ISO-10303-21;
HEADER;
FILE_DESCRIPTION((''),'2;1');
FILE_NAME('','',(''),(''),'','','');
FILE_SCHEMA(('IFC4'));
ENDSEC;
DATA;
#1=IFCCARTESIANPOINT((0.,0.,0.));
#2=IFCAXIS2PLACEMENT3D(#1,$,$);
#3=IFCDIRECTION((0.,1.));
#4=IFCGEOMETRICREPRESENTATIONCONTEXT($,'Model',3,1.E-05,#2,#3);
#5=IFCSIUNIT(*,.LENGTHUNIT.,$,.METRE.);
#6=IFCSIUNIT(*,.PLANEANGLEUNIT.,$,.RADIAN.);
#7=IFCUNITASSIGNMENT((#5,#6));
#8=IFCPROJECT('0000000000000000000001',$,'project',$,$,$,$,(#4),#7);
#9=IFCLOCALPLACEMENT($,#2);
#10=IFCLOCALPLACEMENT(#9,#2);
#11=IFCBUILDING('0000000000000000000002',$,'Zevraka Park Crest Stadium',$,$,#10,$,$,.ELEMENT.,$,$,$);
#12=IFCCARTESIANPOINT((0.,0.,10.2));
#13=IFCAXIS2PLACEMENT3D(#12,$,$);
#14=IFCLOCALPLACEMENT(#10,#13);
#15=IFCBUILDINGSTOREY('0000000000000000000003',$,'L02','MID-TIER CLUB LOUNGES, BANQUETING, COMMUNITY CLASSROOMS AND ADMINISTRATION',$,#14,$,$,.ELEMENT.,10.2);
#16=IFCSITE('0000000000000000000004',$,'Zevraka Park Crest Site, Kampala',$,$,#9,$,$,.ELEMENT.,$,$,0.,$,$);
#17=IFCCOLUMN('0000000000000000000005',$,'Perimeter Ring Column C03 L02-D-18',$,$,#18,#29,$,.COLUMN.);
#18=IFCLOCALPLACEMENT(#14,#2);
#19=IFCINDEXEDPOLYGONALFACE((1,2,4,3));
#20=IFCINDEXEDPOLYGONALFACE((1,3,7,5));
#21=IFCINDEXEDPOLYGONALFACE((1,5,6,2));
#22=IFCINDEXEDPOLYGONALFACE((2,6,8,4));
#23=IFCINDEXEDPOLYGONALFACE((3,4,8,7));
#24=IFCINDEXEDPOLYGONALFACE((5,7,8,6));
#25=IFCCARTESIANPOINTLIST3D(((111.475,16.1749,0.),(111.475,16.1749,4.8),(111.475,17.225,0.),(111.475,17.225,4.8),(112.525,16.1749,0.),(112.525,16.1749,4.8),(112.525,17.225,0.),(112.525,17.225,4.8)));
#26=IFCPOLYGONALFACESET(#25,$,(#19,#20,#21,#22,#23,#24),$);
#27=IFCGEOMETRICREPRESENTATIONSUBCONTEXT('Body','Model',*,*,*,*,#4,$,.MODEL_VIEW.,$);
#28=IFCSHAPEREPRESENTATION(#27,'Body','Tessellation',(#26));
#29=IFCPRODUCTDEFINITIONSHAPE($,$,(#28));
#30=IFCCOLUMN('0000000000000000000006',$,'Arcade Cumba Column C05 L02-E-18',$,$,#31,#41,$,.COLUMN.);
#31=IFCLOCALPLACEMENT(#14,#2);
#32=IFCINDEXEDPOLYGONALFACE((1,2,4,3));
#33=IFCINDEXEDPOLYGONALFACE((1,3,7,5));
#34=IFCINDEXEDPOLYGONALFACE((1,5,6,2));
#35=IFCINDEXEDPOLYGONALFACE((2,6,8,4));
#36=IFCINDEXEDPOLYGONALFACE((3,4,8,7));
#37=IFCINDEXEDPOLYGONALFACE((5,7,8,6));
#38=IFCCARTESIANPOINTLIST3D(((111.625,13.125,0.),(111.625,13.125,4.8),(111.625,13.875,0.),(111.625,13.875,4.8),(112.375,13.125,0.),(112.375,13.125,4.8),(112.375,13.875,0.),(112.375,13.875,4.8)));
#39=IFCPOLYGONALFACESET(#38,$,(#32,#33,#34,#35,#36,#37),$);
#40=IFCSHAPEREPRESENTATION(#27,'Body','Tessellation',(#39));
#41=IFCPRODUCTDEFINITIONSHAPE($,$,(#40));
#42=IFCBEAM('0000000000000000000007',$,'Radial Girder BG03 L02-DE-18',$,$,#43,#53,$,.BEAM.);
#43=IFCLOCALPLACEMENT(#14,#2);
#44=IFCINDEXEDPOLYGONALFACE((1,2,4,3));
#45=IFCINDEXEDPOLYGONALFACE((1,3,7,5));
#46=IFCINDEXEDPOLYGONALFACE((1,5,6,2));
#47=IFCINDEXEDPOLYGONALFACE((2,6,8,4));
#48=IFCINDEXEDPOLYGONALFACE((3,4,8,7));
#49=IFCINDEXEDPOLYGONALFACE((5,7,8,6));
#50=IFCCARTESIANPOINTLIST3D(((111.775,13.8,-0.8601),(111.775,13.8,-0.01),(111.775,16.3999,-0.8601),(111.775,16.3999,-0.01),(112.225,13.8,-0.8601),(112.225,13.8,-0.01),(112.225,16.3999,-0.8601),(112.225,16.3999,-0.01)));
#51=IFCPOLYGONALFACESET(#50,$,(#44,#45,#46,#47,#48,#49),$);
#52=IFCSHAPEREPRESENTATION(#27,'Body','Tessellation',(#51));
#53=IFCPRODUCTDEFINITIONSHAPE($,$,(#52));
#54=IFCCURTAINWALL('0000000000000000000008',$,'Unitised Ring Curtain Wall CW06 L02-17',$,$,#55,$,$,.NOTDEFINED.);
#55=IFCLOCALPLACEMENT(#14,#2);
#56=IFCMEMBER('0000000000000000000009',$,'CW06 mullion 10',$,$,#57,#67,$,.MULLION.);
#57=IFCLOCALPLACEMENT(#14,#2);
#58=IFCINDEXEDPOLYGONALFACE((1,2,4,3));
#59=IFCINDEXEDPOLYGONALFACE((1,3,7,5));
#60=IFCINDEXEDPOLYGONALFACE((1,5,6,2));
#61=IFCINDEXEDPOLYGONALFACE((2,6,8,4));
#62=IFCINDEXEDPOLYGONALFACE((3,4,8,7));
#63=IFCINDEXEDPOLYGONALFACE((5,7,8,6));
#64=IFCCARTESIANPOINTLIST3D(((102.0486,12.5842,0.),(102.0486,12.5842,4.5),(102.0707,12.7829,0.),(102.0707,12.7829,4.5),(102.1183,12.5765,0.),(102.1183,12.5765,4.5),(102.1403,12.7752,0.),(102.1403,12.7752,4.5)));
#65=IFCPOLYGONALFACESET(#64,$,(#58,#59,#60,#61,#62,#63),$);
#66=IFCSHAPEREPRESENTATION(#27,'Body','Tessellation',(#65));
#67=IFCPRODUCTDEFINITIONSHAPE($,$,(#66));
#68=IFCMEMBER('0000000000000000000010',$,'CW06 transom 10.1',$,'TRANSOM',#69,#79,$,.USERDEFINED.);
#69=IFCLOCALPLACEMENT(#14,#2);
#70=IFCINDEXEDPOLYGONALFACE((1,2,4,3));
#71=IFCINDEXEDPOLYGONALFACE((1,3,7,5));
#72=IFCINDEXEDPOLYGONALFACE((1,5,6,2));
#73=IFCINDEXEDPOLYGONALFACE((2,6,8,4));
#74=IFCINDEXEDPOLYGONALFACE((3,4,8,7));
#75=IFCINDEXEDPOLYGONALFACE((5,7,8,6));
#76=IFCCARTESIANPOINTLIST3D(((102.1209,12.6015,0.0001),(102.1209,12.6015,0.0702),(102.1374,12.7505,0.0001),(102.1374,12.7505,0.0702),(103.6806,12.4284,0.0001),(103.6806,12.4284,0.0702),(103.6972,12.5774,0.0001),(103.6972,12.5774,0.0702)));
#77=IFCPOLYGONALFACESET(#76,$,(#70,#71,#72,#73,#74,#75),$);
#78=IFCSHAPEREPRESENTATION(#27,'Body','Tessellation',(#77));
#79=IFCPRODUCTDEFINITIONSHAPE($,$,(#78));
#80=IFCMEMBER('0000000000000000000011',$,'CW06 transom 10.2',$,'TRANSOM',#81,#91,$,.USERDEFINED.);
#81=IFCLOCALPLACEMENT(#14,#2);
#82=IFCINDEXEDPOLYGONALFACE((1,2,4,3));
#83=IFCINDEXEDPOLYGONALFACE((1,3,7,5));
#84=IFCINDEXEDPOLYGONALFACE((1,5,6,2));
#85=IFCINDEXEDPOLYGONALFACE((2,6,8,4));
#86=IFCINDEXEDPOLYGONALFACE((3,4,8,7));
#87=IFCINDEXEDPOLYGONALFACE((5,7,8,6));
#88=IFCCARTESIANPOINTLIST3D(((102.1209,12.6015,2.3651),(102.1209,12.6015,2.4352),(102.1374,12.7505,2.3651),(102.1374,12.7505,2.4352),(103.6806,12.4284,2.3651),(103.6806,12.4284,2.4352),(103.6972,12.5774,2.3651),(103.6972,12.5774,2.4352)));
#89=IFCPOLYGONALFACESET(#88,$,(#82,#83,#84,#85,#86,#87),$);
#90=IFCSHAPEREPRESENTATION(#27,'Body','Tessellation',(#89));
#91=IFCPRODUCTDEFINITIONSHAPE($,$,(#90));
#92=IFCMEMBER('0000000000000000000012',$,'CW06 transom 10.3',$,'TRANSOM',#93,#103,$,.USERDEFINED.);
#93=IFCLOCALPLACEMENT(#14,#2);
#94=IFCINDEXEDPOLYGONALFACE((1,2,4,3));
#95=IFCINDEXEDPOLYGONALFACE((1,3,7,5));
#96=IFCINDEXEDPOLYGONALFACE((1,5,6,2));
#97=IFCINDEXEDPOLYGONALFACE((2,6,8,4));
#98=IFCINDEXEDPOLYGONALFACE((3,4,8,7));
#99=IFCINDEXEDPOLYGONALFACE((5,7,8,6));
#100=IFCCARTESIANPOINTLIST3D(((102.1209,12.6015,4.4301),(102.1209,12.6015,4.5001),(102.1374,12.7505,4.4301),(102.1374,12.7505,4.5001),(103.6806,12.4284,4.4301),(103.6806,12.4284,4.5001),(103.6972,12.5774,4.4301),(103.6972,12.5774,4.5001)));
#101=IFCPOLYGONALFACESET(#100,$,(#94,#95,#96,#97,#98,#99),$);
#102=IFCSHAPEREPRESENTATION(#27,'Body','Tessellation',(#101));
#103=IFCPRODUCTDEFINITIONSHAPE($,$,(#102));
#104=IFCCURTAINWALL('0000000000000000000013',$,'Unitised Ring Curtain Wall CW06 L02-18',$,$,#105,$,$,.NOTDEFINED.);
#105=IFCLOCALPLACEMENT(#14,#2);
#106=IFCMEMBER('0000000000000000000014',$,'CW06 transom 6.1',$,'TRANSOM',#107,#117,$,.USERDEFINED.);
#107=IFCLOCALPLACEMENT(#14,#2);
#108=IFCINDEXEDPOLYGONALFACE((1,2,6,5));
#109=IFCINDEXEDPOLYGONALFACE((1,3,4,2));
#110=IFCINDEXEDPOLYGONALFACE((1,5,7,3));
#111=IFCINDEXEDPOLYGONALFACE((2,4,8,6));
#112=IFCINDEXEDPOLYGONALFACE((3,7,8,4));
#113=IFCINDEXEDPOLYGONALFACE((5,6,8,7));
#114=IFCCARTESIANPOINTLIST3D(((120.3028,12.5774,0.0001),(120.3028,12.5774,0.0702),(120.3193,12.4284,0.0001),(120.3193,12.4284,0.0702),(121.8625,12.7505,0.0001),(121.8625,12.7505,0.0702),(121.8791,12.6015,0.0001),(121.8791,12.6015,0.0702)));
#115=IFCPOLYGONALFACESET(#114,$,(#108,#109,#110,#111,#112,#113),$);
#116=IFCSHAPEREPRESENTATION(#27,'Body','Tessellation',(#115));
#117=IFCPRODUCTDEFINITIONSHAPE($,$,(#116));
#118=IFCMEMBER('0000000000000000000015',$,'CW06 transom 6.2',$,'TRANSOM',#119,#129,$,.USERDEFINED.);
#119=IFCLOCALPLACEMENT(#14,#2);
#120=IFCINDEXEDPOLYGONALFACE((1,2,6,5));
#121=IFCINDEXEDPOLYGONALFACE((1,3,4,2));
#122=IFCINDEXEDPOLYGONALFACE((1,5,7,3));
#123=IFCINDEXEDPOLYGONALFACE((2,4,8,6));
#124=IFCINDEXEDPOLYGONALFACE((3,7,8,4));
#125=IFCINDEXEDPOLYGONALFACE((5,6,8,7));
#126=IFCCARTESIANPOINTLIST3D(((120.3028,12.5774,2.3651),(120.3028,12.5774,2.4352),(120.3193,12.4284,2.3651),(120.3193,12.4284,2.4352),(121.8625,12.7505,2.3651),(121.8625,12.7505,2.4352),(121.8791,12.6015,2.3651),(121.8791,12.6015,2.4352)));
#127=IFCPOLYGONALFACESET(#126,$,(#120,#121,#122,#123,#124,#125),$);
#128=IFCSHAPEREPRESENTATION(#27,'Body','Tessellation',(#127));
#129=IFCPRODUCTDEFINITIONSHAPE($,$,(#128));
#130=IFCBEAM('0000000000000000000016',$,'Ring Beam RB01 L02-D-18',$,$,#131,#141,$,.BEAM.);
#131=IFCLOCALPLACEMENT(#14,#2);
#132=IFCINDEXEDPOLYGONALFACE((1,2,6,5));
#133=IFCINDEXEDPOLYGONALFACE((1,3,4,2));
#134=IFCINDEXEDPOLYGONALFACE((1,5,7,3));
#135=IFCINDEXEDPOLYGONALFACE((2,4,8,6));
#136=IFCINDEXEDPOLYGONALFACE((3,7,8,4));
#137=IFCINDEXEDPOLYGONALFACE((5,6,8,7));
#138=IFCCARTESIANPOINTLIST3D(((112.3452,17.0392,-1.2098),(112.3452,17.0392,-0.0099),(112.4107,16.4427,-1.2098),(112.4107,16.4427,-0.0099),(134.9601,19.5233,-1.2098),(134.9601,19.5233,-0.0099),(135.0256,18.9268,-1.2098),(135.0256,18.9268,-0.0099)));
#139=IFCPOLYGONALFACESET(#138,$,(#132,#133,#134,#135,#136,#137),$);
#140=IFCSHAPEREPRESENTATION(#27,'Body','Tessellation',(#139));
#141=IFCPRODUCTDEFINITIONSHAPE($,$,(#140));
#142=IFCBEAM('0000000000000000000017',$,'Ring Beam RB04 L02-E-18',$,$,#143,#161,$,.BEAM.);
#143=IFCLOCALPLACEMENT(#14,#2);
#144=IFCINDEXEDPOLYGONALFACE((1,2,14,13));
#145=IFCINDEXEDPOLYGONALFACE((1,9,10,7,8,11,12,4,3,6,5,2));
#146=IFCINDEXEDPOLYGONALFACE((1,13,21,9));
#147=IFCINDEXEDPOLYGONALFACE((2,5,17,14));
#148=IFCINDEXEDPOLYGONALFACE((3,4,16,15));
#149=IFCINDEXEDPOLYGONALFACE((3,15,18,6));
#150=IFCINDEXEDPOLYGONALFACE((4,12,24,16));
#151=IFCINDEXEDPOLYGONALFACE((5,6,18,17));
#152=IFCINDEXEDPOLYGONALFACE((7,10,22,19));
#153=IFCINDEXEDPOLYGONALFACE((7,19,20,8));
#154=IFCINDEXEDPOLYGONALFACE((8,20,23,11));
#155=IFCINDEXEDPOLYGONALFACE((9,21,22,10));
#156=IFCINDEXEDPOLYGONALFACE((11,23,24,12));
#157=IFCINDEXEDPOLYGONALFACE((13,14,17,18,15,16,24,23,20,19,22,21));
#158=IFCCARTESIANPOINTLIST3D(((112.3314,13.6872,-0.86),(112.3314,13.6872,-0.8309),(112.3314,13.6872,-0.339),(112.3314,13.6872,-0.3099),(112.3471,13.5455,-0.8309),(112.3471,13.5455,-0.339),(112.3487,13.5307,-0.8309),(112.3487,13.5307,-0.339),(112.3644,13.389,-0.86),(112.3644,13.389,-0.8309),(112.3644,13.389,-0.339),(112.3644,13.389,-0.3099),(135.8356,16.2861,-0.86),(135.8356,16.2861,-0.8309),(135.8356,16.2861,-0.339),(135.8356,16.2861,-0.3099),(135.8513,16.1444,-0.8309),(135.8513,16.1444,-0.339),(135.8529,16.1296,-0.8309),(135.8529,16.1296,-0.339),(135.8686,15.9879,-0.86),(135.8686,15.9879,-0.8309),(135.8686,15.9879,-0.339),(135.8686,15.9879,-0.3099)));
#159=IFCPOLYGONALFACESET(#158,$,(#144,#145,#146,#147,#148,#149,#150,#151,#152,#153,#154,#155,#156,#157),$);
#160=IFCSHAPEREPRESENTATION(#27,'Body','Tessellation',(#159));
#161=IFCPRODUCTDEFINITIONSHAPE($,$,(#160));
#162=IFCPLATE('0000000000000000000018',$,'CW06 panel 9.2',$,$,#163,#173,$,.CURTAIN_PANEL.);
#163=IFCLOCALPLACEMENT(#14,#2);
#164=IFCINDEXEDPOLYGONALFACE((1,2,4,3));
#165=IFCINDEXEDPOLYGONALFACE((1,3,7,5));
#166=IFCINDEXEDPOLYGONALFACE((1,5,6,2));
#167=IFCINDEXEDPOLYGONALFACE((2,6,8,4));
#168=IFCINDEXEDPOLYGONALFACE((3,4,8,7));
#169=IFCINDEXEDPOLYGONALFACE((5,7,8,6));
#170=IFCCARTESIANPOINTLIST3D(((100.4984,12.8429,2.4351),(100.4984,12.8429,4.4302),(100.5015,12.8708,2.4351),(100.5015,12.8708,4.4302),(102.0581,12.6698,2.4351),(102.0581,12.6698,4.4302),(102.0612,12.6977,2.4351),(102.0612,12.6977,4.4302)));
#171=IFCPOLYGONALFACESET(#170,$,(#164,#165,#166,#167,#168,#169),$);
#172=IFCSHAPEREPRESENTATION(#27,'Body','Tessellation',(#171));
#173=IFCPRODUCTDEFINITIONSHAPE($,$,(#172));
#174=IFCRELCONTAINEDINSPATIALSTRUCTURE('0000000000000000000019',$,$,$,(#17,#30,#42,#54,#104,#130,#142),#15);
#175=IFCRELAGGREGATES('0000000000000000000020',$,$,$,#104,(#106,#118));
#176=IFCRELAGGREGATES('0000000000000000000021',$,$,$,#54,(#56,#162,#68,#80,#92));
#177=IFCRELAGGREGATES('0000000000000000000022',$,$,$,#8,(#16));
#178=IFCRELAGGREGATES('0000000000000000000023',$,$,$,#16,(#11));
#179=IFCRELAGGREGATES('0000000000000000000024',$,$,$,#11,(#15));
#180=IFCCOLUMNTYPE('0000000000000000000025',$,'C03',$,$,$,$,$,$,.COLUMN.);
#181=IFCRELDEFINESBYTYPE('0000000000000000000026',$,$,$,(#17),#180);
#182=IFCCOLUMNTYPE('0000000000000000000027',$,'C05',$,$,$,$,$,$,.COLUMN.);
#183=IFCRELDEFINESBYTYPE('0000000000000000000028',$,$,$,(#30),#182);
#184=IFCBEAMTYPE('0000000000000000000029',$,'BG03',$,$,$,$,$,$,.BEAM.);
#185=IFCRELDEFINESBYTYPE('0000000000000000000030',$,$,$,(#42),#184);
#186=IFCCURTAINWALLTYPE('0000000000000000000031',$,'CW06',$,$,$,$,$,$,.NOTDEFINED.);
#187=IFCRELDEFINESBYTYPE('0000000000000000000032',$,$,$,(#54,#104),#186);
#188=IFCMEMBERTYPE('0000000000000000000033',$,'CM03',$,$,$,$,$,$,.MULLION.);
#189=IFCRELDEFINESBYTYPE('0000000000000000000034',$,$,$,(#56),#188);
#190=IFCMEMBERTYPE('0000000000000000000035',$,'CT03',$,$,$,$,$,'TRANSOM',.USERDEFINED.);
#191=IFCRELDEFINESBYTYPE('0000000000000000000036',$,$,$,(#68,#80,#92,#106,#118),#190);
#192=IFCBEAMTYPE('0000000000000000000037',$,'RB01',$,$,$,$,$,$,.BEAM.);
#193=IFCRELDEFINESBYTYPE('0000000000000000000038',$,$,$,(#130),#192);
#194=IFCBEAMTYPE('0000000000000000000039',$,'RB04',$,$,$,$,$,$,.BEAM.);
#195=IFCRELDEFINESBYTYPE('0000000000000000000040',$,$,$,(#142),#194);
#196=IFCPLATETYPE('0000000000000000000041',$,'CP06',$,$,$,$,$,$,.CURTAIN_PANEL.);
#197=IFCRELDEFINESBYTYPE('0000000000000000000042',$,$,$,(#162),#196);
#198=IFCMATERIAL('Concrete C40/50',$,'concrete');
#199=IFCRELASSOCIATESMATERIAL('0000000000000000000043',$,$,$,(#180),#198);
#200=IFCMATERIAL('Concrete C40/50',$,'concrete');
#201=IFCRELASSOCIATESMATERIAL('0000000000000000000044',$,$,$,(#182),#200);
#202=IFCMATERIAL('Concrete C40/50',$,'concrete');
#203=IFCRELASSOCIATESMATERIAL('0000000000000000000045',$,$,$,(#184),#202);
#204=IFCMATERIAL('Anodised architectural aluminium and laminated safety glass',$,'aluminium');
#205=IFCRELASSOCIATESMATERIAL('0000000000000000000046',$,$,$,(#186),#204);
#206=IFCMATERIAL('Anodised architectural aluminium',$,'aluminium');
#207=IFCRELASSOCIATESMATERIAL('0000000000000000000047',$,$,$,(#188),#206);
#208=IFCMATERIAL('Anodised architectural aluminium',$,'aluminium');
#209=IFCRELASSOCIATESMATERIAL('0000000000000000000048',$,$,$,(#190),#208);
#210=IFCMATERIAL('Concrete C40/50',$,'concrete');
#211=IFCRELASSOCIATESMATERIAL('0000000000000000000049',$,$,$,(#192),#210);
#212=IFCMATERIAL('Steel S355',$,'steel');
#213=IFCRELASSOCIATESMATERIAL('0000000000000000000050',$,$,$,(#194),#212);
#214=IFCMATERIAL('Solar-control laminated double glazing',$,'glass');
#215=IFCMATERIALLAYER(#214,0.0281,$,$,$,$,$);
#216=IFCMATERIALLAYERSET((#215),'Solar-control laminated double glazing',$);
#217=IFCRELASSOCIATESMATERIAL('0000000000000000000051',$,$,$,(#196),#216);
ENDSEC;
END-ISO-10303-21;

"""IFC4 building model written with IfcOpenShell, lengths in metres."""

from ifc_helpers import new_model, si_unit, direction, frame, origin, origin_2d, place, context, subcontext, project, spatial, rectangle, i_section, extrude, material, layer, layer_set, material_profile, profile_set, type_object, element, aggregate, save


model = new_model("IFC4")

# Units and contexts
model_context = context("Model", 3, precision=1e-05, world=origin(), true_north=direction((0.0, 1.0)))
body_context = subcontext(model_context, "Body", "Model", "MODEL_VIEW")
ifc_project = project(units=[si_unit("LENGTHUNIT", "METRE"), si_unit("PLANEANGLEUNIT", "RADIAN")], contexts=[model_context])

# Site, building, storey
site_placement = place(None, origin())
site = spatial("IfcSite", under=ifc_project, at=site_placement, Name="Zevraka Park Crest Site, Kampala", CompositionType="ELEMENT", RefElevation=0.0)
building_placement = place(site_placement, origin())
building = spatial("IfcBuilding", under=site, at=building_placement, Name="Zevraka Park Crest Stadium", CompositionType="ELEMENT")
storey_placement = place(building_placement, frame((0.0, 0.0, 10.2)))
storey = spatial("IfcBuildingStorey", under=building, at=storey_placement, Name="L02", Description="MID-TIER CLUB LOUNGES, BANQUETING, COMMUNITY CLASSROOMS AND ADMINISTRATION", CompositionType="ELEMENT", Elevation=10.2)

# Columns
ifc_material_1 = material(Name="Concrete C40/50", Category="concrete")
ifc_material_profile_1 = material_profile(ifc_material_1, rectangle(XDim=1.05, YDim=1.05, at=origin_2d()), Name="RC 1050x1050")
ifc_profile_set_1 = profile_set([ifc_material_profile_1], Name="Concrete C40/50")
column_type_1 = type_object("IfcColumnType", Name="C03", PredefinedType="COLUMN", material=ifc_profile_set_1)
column_1_placement = place(storey_placement, frame((112.0, 16.7, 0.0), z_axis=(0.0, 0.0, 1.0), x_axis=(0.0, 1.0, 0.0)))
element("IfcColumn", 1, at=column_1_placement, inside=storey, type_object=column_type_1, Name="Perimeter Ring Column C03 L02-D-18", PredefinedType="COLUMN", context=body_context, shape_type="SweptSolid", body=[
    extrude(rectangle(XDim=1.05, YDim=1.05, at=origin_2d()), origin(), (0.0, 0.0, 1.0), 4.8),
])
ifc_material_2 = material(Name="Concrete C40/50", Category="concrete")
ifc_material_profile_2 = material_profile(ifc_material_2, rectangle(XDim=0.75, YDim=0.75, at=origin_2d()), Name="RC 750x750")
ifc_profile_set_2 = profile_set([ifc_material_profile_2], Name="Concrete C40/50")
column_type_2 = type_object("IfcColumnType", Name="C05", PredefinedType="COLUMN", material=ifc_profile_set_2)
column_2_placement = place(storey_placement, frame((112.0, 13.5, 0.0), z_axis=(0.0, 0.0, 1.0), x_axis=(0.0, 1.0, 0.0)))
element("IfcColumn", 2, at=column_2_placement, inside=storey, type_object=column_type_2, Name="Arcade Cumba Column C05 L02-E-18", PredefinedType="COLUMN", context=body_context, shape_type="SweptSolid", body=[
    extrude(rectangle(XDim=0.75, YDim=0.75, at=origin_2d()), origin(), (0.0, 0.0, 1.0), 4.8),
])

# Beam
ifc_material_3 = material(Name="Concrete C40/50", Category="concrete")
ifc_material_profile_3 = material_profile(ifc_material_3, rectangle(XDim=0.45, YDim=0.8501, at=origin_2d()), Name="RC 850x450")
ifc_profile_set_3 = profile_set([ifc_material_profile_3], Name="Concrete C40/50")
beam_type_1 = type_object("IfcBeamType", Name="BG03", PredefinedType="BEAM", material=ifc_profile_set_3)
beam_1_placement = place(storey_placement, frame((112.0, 16.3999, -0.4351), z_axis=(0.0, -1.0, 0.0), x_axis=(1.0, 0.0, 0.0)))
element("IfcBeam", 3, at=beam_1_placement, inside=storey, type_object=beam_type_1, Name="Radial Girder BG03 L02-DE-18", PredefinedType="BEAM", context=body_context, shape_type="SweptSolid", body=[
    extrude(rectangle(XDim=0.45, YDim=0.8501, at=origin_2d()), origin(), (0.0, 0.0, 1.0), 2.5999),
])

# Curtain walls, members
ifc_material_4 = material(Name="Anodised architectural aluminium and laminated safety glass", Category="aluminium")
curtain_wall_type = type_object("IfcCurtainWallType", Name="CW06", PredefinedType="NOTDEFINED", material=ifc_material_4)
curtain_wall_1_placement = place(storey_placement, origin())
curtain_wall_1 = element("IfcCurtainWall", 4, at=curtain_wall_1_placement, inside=storey, type_object=curtain_wall_type, Name="Unitised Ring Curtain Wall CW06 L02-17", PredefinedType="NOTDEFINED")
ifc_material_5 = material(Name="Anodised architectural aluminium", Category="aluminium")
ifc_material_profile_4 = material_profile(ifc_material_5, rectangle(XDim=0.2, YDim=0.0701, at=origin_2d()), Name="ALU MULLION 200x70")
ifc_profile_set_4 = profile_set([ifc_material_profile_4], Name="Anodised architectural aluminium")
member_type_1 = type_object("IfcMemberType", Name="CM03", PredefinedType="MULLION", material=ifc_profile_set_4)
member_1_placement = place(storey_placement, frame((102.0945, 12.6797, 0.0), z_axis=(0.0, 0.0, 1.0), x_axis=(0.110293, 0.993899, 0.0)))
member_1 = element("IfcMember", 5, at=member_1_placement, type_object=member_type_1, Name="CW06 mullion 10", PredefinedType="MULLION", context=body_context, shape_type="SweptSolid", body=[
    extrude(rectangle(XDim=0.2, YDim=0.0701, at=origin_2d()), origin(), (0.0, 0.0, 1.0), 4.5),
])
ifc_material_6 = material(Name="Anodised architectural aluminium", Category="aluminium")
ifc_material_profile_5 = material_profile(ifc_material_6, rectangle(XDim=0.1499, YDim=0.0701, at=origin_2d()), Name="ALU TRANSOM 150x70")
ifc_profile_set_5 = profile_set([ifc_material_profile_5], Name="Anodised architectural aluminium")
member_type_2 = type_object("IfcMemberType", Name="CT03", ElementType="TRANSOM", PredefinedType="USERDEFINED", material=ifc_profile_set_5)
member_2_placement = place(storey_placement, frame((102.1292, 12.676, 0.0352), z_axis=(0.993899, -0.110295, 0.0), x_axis=(0.110295, 0.993899, 0.0)))
member_2 = element("IfcMember", 6, at=member_2_placement, type_object=member_type_2, Name="CW06 transom 10.1", ObjectType="TRANSOM", PredefinedType="USERDEFINED", context=body_context, shape_type="SweptSolid", body=[
    extrude(rectangle(XDim=0.1499, YDim=0.0701, at=origin_2d()), origin(), (0.0, 0.0, 1.0), 1.5693),
])
member_3_placement = place(storey_placement, frame((102.1292, 12.676, 2.4001), z_axis=(0.993899, -0.110295, 0.0), x_axis=(0.110295, 0.993899, 0.0)))
member_3 = element("IfcMember", 7, at=member_3_placement, type_object=member_type_2, Name="CW06 transom 10.2", ObjectType="TRANSOM", PredefinedType="USERDEFINED", context=body_context, shape_type="SweptSolid", body=[
    extrude(rectangle(XDim=0.1499, YDim=0.0701, at=origin_2d()), origin(), (0.0, 0.0, 1.0), 1.5693),
])
member_4_placement = place(storey_placement, frame((102.1292, 12.676, 4.4651), z_axis=(0.993899, -0.110295, 0.0), x_axis=(0.110295, 0.993899, 0.0)))
member_4 = element("IfcMember", 8, at=member_4_placement, type_object=member_type_2, Name="CW06 transom 10.3", ObjectType="TRANSOM", PredefinedType="USERDEFINED", context=body_context, shape_type="SweptSolid", body=[
    extrude(rectangle(XDim=0.1499, YDim=0.0701, at=origin_2d()), origin(), (0.0, 0.0, 1.0), 1.5693),
])
curtain_wall_2_placement = place(storey_placement, origin())
curtain_wall_2 = element("IfcCurtainWall", 9, at=curtain_wall_2_placement, inside=storey, type_object=curtain_wall_type, Name="Unitised Ring Curtain Wall CW06 L02-18", PredefinedType="NOTDEFINED")
member_5_placement = place(storey_placement, frame((120.311, 12.5029, 0.0352), z_axis=(0.993899, 0.110295, 0.0), x_axis=(-0.110295, 0.993899, 0.0)))
member_5 = element("IfcMember", 10, at=member_5_placement, type_object=member_type_2, Name="CW06 transom 6.1", ObjectType="TRANSOM", PredefinedType="USERDEFINED", context=body_context, shape_type="SweptSolid", body=[
    extrude(rectangle(XDim=0.1499, YDim=0.0701, at=origin_2d()), origin(), (0.0, 0.0, 1.0), 1.5693),
])
member_6_placement = place(storey_placement, frame((120.311, 12.5029, 2.4001), z_axis=(0.993899, 0.110295, 0.0), x_axis=(-0.110295, 0.993899, 0.0)))
member_6 = element("IfcMember", 11, at=member_6_placement, type_object=member_type_2, Name="CW06 transom 6.2", ObjectType="TRANSOM", PredefinedType="USERDEFINED", context=body_context, shape_type="SweptSolid", body=[
    extrude(rectangle(XDim=0.1499, YDim=0.0701, at=origin_2d()), origin(), (0.0, 0.0, 1.0), 1.5693),
])
aggregate(curtain_wall_2, [member_5, member_6])

# Beams
ifc_material_7 = material(Name="Concrete C40/50", Category="concrete")
ifc_material_profile_6 = material_profile(ifc_material_7, rectangle(XDim=0.6001, YDim=1.2, at=origin_2d()), Name="RC 1200x600")
ifc_profile_set_6 = profile_set([ifc_material_profile_6], Name="Concrete C40/50")
beam_type_2 = type_object("IfcBeamType", Name="RB01", PredefinedType="BEAM", material=ifc_profile_set_6)
beam_2_placement = place(storey_placement, frame((112.3779, 16.741, -0.6099), z_axis=(0.994021, 0.109188, 0.0), x_axis=(-0.109188, 0.994021, 0.0)))
element("IfcBeam", 12, at=beam_2_placement, inside=storey, type_object=beam_type_2, Name="Ring Beam RB01 L02-D-18", PredefinedType="BEAM", context=body_context, shape_type="SweptSolid", body=[
    extrude(rectangle(XDim=0.6001, YDim=1.2, at=origin_2d()), origin(), (0.0, 0.0, 1.0), 22.751),
])
ifc_material_8 = material(Name="Steel S355", Category="steel")
ifc_material_profile_7 = material_profile(ifc_material_8, i_section(OverallWidth=0.3, OverallDepth=0.55, WebThickness=0.0149, FlangeThickness=0.0291, at=origin_2d()), Name="HEB 550")
ifc_profile_set_7 = profile_set([ifc_material_profile_7], Name="Steel S355")
beam_type_3 = type_object("IfcBeamType", Name="RB04", PredefinedType="BEAM", material=ifc_profile_set_7)
beam_3_placement = place(storey_placement, frame((112.3479, 13.5381, -0.585), z_axis=(0.993943, 0.109901, 0.0), x_axis=(-0.109901, 0.993943, 0.0)))
element("IfcBeam", 13, at=beam_3_placement, inside=storey, type_object=beam_type_3, Name="Ring Beam RB04 L02-E-18", PredefinedType="BEAM", context=body_context, shape_type="SweptSolid", body=[
    extrude(i_section(OverallWidth=0.3, OverallDepth=0.55, WebThickness=0.0149, FlangeThickness=0.0291, at=origin_2d()), origin(), (0.0, 0.0, 1.0), 23.6475),
])

# Plate
ifc_material_9 = material(Name="Solar-control laminated double glazing", Category="glass")
ifc_layer_1 = layer(ifc_material_9, 0.0281)
ifc_layer_set_1 = layer_set([ifc_layer_1], Name="Solar-control laminated double glazing")
plate_type = type_object("IfcPlateType", Name="CP06", PredefinedType="CURTAIN_PANEL", material=ifc_layer_set_1)
plate_1_placement = place(storey_placement, frame((101.2798, 12.7703, 2.4351), z_axis=(0.0, 0.0, 1.0), x_axis=(0.993899, -0.110293, 0.0)))
plate_1 = element("IfcPlate", 14, at=plate_1_placement, type_object=plate_type, Name="CW06 panel 9.2", PredefinedType="CURTAIN_PANEL", context=body_context, shape_type="SweptSolid", body=[
    extrude(rectangle(XDim=1.5693, YDim=0.0281, at=origin_2d()), origin(), (0.0, 0.0, 1.0), 1.9951),
])
aggregate(curtain_wall_1, [member_1, plate_1, member_2, member_3, member_4])

save(model, "model.ifc")
